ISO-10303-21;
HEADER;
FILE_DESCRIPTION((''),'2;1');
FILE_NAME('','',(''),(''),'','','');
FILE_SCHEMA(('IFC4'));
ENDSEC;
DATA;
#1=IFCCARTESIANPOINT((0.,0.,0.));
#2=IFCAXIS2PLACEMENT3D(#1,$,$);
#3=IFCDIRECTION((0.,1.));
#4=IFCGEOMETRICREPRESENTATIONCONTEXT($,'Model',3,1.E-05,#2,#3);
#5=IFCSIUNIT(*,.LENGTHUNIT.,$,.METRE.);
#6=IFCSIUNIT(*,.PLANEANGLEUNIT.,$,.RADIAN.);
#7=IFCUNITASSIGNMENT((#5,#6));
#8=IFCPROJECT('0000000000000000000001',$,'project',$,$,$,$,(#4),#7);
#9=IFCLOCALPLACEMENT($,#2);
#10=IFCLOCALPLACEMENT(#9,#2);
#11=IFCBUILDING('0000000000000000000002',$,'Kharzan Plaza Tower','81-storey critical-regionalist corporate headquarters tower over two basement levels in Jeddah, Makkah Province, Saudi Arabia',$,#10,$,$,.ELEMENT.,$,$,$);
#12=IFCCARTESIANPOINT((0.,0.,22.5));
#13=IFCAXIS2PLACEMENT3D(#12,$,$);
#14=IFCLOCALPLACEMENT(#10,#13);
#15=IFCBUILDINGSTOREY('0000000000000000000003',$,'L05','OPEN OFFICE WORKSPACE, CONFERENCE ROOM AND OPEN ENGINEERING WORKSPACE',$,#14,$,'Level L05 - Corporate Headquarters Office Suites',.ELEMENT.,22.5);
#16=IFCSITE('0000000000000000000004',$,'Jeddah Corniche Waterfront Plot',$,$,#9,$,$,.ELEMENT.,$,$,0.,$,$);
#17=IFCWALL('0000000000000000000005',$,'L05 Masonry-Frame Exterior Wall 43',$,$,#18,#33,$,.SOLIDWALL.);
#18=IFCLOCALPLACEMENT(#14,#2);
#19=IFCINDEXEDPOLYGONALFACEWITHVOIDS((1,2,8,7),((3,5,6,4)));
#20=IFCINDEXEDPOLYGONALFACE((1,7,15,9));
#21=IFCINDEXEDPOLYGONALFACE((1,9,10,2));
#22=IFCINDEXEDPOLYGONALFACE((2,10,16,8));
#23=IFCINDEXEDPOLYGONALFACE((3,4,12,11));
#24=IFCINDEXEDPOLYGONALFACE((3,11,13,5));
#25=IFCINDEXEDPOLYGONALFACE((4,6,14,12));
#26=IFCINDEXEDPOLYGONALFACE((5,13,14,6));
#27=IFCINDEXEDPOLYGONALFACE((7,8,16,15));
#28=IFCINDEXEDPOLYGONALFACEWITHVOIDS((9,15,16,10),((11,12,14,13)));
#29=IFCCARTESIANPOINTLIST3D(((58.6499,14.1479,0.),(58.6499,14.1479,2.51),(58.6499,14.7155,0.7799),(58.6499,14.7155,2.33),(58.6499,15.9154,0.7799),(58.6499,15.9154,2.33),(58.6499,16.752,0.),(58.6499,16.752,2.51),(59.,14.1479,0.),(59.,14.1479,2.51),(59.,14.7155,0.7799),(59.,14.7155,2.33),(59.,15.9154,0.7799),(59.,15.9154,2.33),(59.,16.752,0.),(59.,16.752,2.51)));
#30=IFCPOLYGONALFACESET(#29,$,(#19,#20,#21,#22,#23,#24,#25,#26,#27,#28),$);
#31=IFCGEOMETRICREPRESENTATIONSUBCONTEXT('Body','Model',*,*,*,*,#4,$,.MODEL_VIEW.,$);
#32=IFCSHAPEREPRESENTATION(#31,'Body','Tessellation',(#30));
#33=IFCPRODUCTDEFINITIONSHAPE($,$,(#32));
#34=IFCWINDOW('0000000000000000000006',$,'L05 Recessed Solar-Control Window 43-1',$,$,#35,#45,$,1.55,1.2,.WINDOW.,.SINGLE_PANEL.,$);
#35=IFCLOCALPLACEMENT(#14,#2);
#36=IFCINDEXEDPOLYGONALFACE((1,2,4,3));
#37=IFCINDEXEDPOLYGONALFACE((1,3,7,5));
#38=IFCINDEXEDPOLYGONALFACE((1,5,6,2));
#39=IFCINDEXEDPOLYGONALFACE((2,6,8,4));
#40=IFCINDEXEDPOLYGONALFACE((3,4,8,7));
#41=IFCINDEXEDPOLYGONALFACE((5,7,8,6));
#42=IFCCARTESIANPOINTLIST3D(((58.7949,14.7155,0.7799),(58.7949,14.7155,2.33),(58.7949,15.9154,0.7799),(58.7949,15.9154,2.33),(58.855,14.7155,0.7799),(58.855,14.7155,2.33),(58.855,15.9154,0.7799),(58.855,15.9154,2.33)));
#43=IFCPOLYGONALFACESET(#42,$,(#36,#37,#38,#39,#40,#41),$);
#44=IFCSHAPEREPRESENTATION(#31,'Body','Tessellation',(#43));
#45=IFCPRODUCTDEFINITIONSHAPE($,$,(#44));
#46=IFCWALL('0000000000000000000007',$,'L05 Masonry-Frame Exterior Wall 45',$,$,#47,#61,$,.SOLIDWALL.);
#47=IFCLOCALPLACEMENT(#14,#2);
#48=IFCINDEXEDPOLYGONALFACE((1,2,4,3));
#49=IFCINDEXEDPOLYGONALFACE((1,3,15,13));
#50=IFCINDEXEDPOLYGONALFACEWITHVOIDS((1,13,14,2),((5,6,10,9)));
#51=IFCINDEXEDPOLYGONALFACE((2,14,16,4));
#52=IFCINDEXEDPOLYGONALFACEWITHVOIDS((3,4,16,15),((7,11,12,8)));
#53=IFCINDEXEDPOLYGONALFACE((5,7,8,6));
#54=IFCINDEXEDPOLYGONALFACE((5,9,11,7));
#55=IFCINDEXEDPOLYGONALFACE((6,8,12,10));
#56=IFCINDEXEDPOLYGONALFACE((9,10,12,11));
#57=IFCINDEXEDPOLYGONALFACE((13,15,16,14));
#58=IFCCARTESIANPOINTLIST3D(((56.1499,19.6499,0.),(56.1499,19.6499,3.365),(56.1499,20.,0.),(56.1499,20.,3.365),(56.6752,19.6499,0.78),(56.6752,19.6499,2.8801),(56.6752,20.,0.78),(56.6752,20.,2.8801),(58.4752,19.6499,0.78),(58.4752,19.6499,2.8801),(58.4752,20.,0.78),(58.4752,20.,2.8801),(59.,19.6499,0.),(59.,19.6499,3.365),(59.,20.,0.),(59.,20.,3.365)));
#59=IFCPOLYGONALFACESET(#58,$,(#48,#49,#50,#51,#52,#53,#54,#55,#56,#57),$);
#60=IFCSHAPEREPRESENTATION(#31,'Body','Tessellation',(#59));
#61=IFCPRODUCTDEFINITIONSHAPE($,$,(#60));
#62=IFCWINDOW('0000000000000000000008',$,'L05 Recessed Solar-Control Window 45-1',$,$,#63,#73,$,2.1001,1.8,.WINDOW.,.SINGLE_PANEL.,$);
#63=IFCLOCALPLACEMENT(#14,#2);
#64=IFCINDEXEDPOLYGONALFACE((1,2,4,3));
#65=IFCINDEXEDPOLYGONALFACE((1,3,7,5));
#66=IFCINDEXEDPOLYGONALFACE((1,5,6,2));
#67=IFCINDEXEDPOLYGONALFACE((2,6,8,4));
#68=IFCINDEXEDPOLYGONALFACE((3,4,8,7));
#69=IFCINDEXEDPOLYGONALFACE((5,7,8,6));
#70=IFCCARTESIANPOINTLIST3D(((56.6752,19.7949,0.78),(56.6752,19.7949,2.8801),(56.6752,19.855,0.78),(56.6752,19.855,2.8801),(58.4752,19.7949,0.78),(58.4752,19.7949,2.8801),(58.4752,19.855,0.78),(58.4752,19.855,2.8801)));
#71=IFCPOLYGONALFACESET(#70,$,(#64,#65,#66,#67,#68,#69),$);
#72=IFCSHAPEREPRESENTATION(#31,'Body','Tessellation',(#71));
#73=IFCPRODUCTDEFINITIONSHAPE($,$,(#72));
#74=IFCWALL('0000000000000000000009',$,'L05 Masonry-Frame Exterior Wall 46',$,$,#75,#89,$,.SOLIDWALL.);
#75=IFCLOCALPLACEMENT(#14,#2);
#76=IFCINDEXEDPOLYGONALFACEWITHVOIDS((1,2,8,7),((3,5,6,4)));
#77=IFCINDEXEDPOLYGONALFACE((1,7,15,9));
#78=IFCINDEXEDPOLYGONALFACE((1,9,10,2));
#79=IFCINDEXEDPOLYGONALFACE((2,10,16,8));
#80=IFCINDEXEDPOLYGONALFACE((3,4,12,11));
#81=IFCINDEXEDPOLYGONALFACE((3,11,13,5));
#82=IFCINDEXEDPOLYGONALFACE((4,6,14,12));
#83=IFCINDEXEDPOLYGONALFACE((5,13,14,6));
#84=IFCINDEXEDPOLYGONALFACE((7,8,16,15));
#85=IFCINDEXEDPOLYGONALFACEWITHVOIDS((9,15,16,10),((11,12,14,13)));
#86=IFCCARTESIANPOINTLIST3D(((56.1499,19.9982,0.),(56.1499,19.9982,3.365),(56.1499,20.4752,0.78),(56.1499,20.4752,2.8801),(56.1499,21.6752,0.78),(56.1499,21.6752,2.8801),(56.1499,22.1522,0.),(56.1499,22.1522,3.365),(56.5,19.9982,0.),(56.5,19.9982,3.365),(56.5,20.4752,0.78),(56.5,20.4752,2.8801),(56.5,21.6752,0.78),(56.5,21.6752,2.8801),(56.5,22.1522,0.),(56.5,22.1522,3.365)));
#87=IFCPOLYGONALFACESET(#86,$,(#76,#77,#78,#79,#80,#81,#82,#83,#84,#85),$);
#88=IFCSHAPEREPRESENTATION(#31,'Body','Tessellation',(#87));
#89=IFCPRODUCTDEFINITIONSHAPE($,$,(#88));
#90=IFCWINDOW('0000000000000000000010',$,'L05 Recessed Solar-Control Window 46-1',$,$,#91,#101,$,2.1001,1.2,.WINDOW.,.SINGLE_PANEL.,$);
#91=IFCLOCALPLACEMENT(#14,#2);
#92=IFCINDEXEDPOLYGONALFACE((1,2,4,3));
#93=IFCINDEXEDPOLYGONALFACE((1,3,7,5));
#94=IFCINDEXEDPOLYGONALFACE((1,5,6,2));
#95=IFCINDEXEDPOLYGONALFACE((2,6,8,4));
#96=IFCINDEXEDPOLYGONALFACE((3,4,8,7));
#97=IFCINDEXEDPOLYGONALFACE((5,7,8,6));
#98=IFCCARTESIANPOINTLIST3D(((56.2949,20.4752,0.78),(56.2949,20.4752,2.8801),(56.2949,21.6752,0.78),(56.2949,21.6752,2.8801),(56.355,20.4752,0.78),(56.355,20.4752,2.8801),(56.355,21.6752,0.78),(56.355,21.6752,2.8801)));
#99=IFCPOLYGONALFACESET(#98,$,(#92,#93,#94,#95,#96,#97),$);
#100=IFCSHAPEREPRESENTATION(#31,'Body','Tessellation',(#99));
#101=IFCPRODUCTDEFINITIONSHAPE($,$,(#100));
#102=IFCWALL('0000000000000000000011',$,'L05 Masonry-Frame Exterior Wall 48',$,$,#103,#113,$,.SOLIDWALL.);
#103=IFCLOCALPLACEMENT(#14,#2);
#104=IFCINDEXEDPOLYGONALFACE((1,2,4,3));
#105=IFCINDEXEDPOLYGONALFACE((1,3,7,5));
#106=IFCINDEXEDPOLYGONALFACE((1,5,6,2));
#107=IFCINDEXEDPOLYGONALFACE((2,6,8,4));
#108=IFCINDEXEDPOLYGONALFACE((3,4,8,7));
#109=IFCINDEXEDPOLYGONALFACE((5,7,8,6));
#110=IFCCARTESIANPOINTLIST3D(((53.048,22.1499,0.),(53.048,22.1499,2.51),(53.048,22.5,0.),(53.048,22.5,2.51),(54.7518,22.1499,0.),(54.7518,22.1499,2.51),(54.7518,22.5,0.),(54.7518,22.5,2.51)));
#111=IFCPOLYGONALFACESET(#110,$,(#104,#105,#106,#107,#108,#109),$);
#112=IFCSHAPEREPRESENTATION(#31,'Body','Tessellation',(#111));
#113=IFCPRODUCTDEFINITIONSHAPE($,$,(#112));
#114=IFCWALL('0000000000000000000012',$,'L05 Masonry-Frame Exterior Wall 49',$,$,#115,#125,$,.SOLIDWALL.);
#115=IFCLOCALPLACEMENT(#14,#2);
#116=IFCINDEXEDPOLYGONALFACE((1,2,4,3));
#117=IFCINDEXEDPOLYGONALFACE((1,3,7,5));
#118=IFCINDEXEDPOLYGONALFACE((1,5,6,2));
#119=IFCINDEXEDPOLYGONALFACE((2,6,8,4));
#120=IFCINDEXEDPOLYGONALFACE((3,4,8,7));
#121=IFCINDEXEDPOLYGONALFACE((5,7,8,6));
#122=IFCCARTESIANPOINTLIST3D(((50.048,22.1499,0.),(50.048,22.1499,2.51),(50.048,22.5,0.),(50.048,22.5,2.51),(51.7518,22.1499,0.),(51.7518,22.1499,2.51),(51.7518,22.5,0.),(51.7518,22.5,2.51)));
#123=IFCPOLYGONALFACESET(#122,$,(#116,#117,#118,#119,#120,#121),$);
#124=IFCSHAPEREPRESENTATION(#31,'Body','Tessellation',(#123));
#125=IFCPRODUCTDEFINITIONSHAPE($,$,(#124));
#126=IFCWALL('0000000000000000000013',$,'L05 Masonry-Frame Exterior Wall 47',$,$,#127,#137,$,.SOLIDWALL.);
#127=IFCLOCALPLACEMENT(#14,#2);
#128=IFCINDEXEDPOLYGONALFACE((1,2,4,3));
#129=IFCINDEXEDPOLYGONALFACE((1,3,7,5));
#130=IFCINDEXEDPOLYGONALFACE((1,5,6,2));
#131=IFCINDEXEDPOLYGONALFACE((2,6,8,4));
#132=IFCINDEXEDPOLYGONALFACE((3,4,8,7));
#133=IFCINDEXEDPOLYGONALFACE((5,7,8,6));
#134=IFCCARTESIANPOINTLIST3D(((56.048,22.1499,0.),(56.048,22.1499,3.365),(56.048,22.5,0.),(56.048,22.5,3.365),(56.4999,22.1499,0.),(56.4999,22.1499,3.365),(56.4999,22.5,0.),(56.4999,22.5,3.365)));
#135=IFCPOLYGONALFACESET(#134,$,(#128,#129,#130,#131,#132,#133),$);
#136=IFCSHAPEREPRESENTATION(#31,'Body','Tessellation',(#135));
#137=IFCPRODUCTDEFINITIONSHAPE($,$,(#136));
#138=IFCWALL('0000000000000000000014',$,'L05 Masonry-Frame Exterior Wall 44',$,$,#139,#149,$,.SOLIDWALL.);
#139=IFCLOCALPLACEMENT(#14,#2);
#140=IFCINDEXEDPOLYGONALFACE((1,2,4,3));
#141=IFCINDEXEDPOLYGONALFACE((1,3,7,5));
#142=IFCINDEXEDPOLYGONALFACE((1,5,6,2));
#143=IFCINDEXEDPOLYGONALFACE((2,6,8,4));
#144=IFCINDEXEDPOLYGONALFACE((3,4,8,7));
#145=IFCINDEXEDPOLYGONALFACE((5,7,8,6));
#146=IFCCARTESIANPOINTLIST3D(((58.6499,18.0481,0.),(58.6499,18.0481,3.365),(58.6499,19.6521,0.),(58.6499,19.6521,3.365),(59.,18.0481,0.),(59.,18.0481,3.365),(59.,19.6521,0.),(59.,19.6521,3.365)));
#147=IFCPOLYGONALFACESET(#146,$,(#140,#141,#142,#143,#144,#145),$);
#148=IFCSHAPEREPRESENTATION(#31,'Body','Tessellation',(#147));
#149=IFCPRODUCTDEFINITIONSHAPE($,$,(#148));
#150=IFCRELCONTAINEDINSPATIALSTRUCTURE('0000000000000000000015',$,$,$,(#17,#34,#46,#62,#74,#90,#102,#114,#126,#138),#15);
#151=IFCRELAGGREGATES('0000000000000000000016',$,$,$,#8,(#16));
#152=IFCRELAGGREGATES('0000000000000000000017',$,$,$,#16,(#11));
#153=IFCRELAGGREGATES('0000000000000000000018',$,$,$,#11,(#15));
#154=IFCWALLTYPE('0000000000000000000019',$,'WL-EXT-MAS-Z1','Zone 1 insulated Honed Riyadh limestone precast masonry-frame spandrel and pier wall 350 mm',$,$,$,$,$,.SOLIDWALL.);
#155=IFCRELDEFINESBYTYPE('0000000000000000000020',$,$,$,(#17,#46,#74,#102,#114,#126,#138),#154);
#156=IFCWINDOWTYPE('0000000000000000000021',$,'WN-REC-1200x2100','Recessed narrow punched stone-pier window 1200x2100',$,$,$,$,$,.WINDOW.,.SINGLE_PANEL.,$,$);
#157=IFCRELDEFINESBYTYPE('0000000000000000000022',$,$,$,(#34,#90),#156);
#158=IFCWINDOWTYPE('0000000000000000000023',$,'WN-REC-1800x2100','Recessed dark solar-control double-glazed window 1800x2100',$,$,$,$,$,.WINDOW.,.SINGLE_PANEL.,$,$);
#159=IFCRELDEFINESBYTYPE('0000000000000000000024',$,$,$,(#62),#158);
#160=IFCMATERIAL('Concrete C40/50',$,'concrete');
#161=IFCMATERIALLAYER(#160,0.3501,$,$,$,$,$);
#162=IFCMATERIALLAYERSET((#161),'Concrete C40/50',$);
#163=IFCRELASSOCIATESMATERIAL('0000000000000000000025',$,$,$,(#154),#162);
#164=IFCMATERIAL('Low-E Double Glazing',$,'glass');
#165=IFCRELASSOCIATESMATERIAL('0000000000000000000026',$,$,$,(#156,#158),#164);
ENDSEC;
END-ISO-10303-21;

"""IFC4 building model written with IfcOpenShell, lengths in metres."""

from ifc_helpers import new_model, si_unit, direction, frame, frame_2d, origin, place, context, subcontext, project, spatial, rectangle, extrude, source, transform, mapped, material, layer, layer_set, type_object, element, fill, save


model = new_model("IFC4")

# Units and contexts
model_context = context("Model", 3, precision=1e-05, world=origin(), true_north=direction((0.0, 1.0)))
body_context = subcontext(model_context, "Body", "Model", "MODEL_VIEW")
ifc_project = project(units=[si_unit("LENGTHUNIT", "METRE"), si_unit("PLANEANGLEUNIT", "RADIAN")], contexts=[model_context])

# Site, building, storey
site_placement = place(None, origin())
site = spatial("IfcSite", under=ifc_project, at=site_placement, Name="Jeddah Corniche Waterfront Plot", CompositionType="ELEMENT", RefElevation=0.0)
building_placement = place(site_placement, origin())
building = spatial("IfcBuilding", under=site, at=building_placement, Name="Kharzan Plaza Tower", Description="81-storey critical-regionalist corporate headquarters tower over two basement levels in Jeddah, Makkah Province, Saudi Arabia", CompositionType="ELEMENT")
storey_placement = place(building_placement, frame((0.0, 0.0, 22.5)))
storey = spatial("IfcBuildingStorey", under=building, at=storey_placement, Name="L05", Description="OPEN OFFICE WORKSPACE, CONFERENCE ROOM AND OPEN ENGINEERING WORKSPACE", LongName="Level L05 - Corporate Headquarters Office Suites", CompositionType="ELEMENT", Elevation=22.5)

# Walls, openings, windows
ifc_material_1 = material(Name="Concrete C40/50", Category="concrete")
ifc_layer = layer(ifc_material_1, 0.3501)
ifc_layer_set = layer_set([ifc_layer], Name="Concrete C40/50")
wall_type = type_object("IfcWallType", Name="WL-EXT-MAS-Z1", Description="Zone 1 insulated Honed Riyadh limestone precast masonry-frame spandrel and pier wall 350 mm", PredefinedType="SOLIDWALL", material=ifc_layer_set)
wall_1_placement = place(storey_placement, frame((58.825, 14.1479, 0.0), z_axis=(0.0, 0.0, 1.0), x_axis=(0.0, 1.0, 0.0)))
wall_1 = element("IfcWall", 1, at=wall_1_placement, inside=storey, type_object=wall_type, Name="L05 Masonry-Frame Exterior Wall 43", PredefinedType="SOLIDWALL", context=body_context, shape_type="SweptSolid", body=[
    extrude(rectangle(XDim=2.604, YDim=0.3501, at=frame_2d((1.302, 0.0))), origin(), (0.0, 0.0, 1.0), 2.51),
])
opening_1_placement = place(wall_1_placement, frame((0.5674, 0.0, 0.78)))
opening_1 = element("IfcOpeningElement", 2, at=opening_1_placement, cuts=wall_1, PredefinedType="OPENING", context=body_context, shape_type="SweptSolid", body=[
    extrude(rectangle(XDim=1.2, YDim=1.55, at=frame_2d((0.6001, 0.7749))), frame((0.0, 0.1851, 0.0), z_axis=(0.0, -1.0, 0.0), x_axis=(1.0, 0.0, 0.0)), (0.0, 0.0, 1.0), 0.3701),
])
ifc_material_2 = material(Name="Low-E Double Glazing", Category="glass")
window_type_1 = type_object("IfcWindowType", Name="WN-REC-1200x2100", Description="Recessed narrow punched stone-pier window 1200x2100", PartitioningType="SINGLE_PANEL", PredefinedType="WINDOW", material=ifc_material_2)
shared_shape_1 = source(origin(), body_context, "Body", "SweptSolid", [
    extrude(rectangle(XDim=1.2, YDim=1.55, at=frame_2d((0.6001, 0.7749))), frame((0.0, 0.03, 0.0), z_axis=(0.0, -1.0, 0.0), x_axis=(1.0, 0.0, 0.0)), (0.0, 0.0, 1.0), 0.0601),
])
window_1_placement = place(opening_1_placement, origin())
window_1 = element("IfcWindow", 3, at=window_1_placement, inside=storey, type_object=window_type_1, Name="L05 Recessed Solar-Control Window 43-1", OverallHeight=1.55, OverallWidth=1.2, PartitioningType="SINGLE_PANEL", PredefinedType="WINDOW", context=body_context, shape_type="MappedRepresentation", body=[
    mapped(shared_shape_1, transform((0.0, 0.0, 0.0), x_axis=(1.0, 0.0, 0.0), y_axis=(0.0, 1.0, 0.0), z_axis=(0.0, 0.0, 1.0))),
])
fill(opening_1, window_1)
wall_2_placement = place(storey_placement, frame((59.0, 19.825, 0.0), z_axis=(0.0, 0.0, 1.0), x_axis=(-1.0, 0.0, 0.0)))
wall_2 = element("IfcWall", 4, at=wall_2_placement, inside=storey, type_object=wall_type, Name="L05 Masonry-Frame Exterior Wall 45", PredefinedType="SOLIDWALL", context=body_context, shape_type="SweptSolid", body=[
    extrude(rectangle(XDim=2.8501, YDim=0.3501, at=frame_2d((1.425, 0.0))), origin(), (0.0, 0.0, 1.0), 3.365),
])
opening_2_placement = place(wall_2_placement, frame((0.5249, 0.0, 0.78)))
opening_2 = element("IfcOpeningElement", 5, at=opening_2_placement, cuts=wall_2, PredefinedType="OPENING", context=body_context, shape_type="SweptSolid", body=[
    extrude(rectangle(XDim=1.8, YDim=2.1001, at=frame_2d((0.8999, 1.05))), frame((0.0, 0.1851, 0.0), z_axis=(0.0, -1.0, 0.0), x_axis=(1.0, 0.0, 0.0)), (0.0, 0.0, 1.0), 0.3701),
])
window_type_2 = type_object("IfcWindowType", Name="WN-REC-1800x2100", Description="Recessed dark solar-control double-glazed window 1800x2100", PartitioningType="SINGLE_PANEL", PredefinedType="WINDOW", material=ifc_material_2)
shared_shape_2 = source(origin(), body_context, "Body", "SweptSolid", [
    extrude(rectangle(XDim=1.8, YDim=2.1001, at=frame_2d((0.8999, 1.05))), frame((0.0, 0.03, 0.0), z_axis=(0.0, -1.0, 0.0), x_axis=(1.0, 0.0, 0.0)), (0.0, 0.0, 1.0), 0.0601),
])
window_2_placement = place(opening_2_placement, origin())
window_2 = element("IfcWindow", 6, at=window_2_placement, inside=storey, type_object=window_type_2, Name="L05 Recessed Solar-Control Window 45-1", OverallHeight=2.1001, OverallWidth=1.8, PartitioningType="SINGLE_PANEL", PredefinedType="WINDOW", context=body_context, shape_type="MappedRepresentation", body=[
    mapped(shared_shape_2, transform((0.0, 0.0, 0.0), x_axis=(1.0, 0.0, 0.0), y_axis=(0.0, 1.0, 0.0), z_axis=(0.0, 0.0, 1.0))),
])
fill(opening_2, window_2)
wall_3_placement = place(storey_placement, frame((56.325, 19.998, 0.0), z_axis=(0.0, 0.0, 1.0), x_axis=(0.0, 1.0, 0.0)))
wall_3 = element("IfcWall", 7, at=wall_3_placement, inside=storey, type_object=wall_type, Name="L05 Masonry-Frame Exterior Wall 46", PredefinedType="SOLIDWALL", context=body_context, shape_type="SweptSolid", body=[
    extrude(rectangle(XDim=2.1541, YDim=0.3501, at=frame_2d((1.0771, 0.0))), origin(), (0.0, 0.0, 1.0), 3.365),
])
opening_3_placement = place(wall_3_placement, frame((0.4771, 0.0, 0.78)))
opening_3 = element("IfcOpeningElement", 8, at=opening_3_placement, cuts=wall_3, PredefinedType="OPENING", context=body_context, shape_type="SweptSolid", body=[
    extrude(rectangle(XDim=1.2, YDim=2.1001, at=frame_2d((0.6001, 1.05))), frame((0.0, 0.1851, 0.0), z_axis=(0.0, -1.0, 0.0), x_axis=(1.0, 0.0, 0.0)), (0.0, 0.0, 1.0), 0.3701),
])
shared_shape_3 = source(origin(), body_context, "Body", "SweptSolid", [
    extrude(rectangle(XDim=1.2, YDim=2.1001, at=frame_2d((0.6001, 1.05))), frame((0.0, 0.03, 0.0), z_axis=(0.0, -1.0, 0.0), x_axis=(1.0, 0.0, 0.0)), (0.0, 0.0, 1.0), 0.0601),
])
window_3_placement = place(opening_3_placement, origin())
window_3 = element("IfcWindow", 9, at=window_3_placement, inside=storey, type_object=window_type_1, Name="L05 Recessed Solar-Control Window 46-1", OverallHeight=2.1001, OverallWidth=1.2, PartitioningType="SINGLE_PANEL", PredefinedType="WINDOW", context=body_context, shape_type="MappedRepresentation", body=[
    mapped(shared_shape_3, transform((0.0, 0.0, 0.0), x_axis=(1.0, 0.0, 0.0), y_axis=(0.0, 1.0, 0.0), z_axis=(0.0, 0.0, 1.0))),
])
fill(opening_3, window_3)

# Walls
shared_shape_4 = source(origin(), body_context, "Body", "SweptSolid", [
    extrude(rectangle(XDim=1.7039, YDim=0.3501, at=frame_2d((0.8521, 0.0))), origin(), (0.0, 0.0, 1.0), 2.51),
])
for number, where, z_axis, x_axis, name in (
    (10, (54.752, 22.325, 0.0), (0.0, 0.0, 1.0), (-1.0, 0.0, 0.0), "L05 Masonry-Frame Exterior Wall 48"),
    (11, (51.752, 22.325, 0.0), (0.0, 0.0, 1.0), (-1.0, 0.0, 0.0), "L05 Masonry-Frame Exterior Wall 49"),
):
    element("IfcWall", number, at=place(storey_placement, frame(where, z_axis=z_axis, x_axis=x_axis)), inside=storey, type_object=wall_type, Name=name, PredefinedType="SOLIDWALL", context=body_context, shape_type="MappedRepresentation", body=[
        mapped(shared_shape_4, transform((0.0, 0.0, 0.0), x_axis=(1.0, 0.0, 0.0), y_axis=(0.0, 1.0, 0.0), z_axis=(0.0, 0.0, 1.0))),
    ])
shared_shape_5 = source(origin(), body_context, "Body", "SweptSolid", [
    extrude(rectangle(XDim=0.4519, YDim=0.3501, at=frame_2d((0.2261, 0.0))), origin(), (0.0, 0.0, 1.0), 3.365),
])
wall_4_placement = place(storey_placement, frame((56.5, 22.325, 0.0), z_axis=(0.0, 0.0, 1.0), x_axis=(-1.0, 0.0, 0.0)))
element("IfcWall", 12, at=wall_4_placement, inside=storey, type_object=wall_type, Name="L05 Masonry-Frame Exterior Wall 47", PredefinedType="SOLIDWALL", context=body_context, shape_type="MappedRepresentation", body=[
    mapped(shared_shape_5, transform((0.0, 0.0, 0.0), x_axis=(1.0, 0.0, 0.0), y_axis=(0.0, 1.0, 0.0), z_axis=(0.0, 0.0, 1.0))),
])
shared_shape_6 = source(origin(), body_context, "Body", "SweptSolid", [
    extrude(rectangle(XDim=1.604, YDim=0.3501, at=frame_2d((0.802, 0.0))), origin(), (0.0, 0.0, 1.0), 3.365),
])
wall_5_placement = place(storey_placement, frame((58.825, 18.0481, 0.0), z_axis=(0.0, 0.0, 1.0), x_axis=(0.0, 1.0, 0.0)))
element("IfcWall", 13, at=wall_5_placement, inside=storey, type_object=wall_type, Name="L05 Masonry-Frame Exterior Wall 44", PredefinedType="SOLIDWALL", context=body_context, shape_type="MappedRepresentation", body=[
    mapped(shared_shape_6, transform((0.0, 0.0, 0.0), x_axis=(1.0, 0.0, 0.0), y_axis=(0.0, 1.0, 0.0), z_axis=(0.0, 0.0, 1.0))),
])

save(model, "model.ifc")
